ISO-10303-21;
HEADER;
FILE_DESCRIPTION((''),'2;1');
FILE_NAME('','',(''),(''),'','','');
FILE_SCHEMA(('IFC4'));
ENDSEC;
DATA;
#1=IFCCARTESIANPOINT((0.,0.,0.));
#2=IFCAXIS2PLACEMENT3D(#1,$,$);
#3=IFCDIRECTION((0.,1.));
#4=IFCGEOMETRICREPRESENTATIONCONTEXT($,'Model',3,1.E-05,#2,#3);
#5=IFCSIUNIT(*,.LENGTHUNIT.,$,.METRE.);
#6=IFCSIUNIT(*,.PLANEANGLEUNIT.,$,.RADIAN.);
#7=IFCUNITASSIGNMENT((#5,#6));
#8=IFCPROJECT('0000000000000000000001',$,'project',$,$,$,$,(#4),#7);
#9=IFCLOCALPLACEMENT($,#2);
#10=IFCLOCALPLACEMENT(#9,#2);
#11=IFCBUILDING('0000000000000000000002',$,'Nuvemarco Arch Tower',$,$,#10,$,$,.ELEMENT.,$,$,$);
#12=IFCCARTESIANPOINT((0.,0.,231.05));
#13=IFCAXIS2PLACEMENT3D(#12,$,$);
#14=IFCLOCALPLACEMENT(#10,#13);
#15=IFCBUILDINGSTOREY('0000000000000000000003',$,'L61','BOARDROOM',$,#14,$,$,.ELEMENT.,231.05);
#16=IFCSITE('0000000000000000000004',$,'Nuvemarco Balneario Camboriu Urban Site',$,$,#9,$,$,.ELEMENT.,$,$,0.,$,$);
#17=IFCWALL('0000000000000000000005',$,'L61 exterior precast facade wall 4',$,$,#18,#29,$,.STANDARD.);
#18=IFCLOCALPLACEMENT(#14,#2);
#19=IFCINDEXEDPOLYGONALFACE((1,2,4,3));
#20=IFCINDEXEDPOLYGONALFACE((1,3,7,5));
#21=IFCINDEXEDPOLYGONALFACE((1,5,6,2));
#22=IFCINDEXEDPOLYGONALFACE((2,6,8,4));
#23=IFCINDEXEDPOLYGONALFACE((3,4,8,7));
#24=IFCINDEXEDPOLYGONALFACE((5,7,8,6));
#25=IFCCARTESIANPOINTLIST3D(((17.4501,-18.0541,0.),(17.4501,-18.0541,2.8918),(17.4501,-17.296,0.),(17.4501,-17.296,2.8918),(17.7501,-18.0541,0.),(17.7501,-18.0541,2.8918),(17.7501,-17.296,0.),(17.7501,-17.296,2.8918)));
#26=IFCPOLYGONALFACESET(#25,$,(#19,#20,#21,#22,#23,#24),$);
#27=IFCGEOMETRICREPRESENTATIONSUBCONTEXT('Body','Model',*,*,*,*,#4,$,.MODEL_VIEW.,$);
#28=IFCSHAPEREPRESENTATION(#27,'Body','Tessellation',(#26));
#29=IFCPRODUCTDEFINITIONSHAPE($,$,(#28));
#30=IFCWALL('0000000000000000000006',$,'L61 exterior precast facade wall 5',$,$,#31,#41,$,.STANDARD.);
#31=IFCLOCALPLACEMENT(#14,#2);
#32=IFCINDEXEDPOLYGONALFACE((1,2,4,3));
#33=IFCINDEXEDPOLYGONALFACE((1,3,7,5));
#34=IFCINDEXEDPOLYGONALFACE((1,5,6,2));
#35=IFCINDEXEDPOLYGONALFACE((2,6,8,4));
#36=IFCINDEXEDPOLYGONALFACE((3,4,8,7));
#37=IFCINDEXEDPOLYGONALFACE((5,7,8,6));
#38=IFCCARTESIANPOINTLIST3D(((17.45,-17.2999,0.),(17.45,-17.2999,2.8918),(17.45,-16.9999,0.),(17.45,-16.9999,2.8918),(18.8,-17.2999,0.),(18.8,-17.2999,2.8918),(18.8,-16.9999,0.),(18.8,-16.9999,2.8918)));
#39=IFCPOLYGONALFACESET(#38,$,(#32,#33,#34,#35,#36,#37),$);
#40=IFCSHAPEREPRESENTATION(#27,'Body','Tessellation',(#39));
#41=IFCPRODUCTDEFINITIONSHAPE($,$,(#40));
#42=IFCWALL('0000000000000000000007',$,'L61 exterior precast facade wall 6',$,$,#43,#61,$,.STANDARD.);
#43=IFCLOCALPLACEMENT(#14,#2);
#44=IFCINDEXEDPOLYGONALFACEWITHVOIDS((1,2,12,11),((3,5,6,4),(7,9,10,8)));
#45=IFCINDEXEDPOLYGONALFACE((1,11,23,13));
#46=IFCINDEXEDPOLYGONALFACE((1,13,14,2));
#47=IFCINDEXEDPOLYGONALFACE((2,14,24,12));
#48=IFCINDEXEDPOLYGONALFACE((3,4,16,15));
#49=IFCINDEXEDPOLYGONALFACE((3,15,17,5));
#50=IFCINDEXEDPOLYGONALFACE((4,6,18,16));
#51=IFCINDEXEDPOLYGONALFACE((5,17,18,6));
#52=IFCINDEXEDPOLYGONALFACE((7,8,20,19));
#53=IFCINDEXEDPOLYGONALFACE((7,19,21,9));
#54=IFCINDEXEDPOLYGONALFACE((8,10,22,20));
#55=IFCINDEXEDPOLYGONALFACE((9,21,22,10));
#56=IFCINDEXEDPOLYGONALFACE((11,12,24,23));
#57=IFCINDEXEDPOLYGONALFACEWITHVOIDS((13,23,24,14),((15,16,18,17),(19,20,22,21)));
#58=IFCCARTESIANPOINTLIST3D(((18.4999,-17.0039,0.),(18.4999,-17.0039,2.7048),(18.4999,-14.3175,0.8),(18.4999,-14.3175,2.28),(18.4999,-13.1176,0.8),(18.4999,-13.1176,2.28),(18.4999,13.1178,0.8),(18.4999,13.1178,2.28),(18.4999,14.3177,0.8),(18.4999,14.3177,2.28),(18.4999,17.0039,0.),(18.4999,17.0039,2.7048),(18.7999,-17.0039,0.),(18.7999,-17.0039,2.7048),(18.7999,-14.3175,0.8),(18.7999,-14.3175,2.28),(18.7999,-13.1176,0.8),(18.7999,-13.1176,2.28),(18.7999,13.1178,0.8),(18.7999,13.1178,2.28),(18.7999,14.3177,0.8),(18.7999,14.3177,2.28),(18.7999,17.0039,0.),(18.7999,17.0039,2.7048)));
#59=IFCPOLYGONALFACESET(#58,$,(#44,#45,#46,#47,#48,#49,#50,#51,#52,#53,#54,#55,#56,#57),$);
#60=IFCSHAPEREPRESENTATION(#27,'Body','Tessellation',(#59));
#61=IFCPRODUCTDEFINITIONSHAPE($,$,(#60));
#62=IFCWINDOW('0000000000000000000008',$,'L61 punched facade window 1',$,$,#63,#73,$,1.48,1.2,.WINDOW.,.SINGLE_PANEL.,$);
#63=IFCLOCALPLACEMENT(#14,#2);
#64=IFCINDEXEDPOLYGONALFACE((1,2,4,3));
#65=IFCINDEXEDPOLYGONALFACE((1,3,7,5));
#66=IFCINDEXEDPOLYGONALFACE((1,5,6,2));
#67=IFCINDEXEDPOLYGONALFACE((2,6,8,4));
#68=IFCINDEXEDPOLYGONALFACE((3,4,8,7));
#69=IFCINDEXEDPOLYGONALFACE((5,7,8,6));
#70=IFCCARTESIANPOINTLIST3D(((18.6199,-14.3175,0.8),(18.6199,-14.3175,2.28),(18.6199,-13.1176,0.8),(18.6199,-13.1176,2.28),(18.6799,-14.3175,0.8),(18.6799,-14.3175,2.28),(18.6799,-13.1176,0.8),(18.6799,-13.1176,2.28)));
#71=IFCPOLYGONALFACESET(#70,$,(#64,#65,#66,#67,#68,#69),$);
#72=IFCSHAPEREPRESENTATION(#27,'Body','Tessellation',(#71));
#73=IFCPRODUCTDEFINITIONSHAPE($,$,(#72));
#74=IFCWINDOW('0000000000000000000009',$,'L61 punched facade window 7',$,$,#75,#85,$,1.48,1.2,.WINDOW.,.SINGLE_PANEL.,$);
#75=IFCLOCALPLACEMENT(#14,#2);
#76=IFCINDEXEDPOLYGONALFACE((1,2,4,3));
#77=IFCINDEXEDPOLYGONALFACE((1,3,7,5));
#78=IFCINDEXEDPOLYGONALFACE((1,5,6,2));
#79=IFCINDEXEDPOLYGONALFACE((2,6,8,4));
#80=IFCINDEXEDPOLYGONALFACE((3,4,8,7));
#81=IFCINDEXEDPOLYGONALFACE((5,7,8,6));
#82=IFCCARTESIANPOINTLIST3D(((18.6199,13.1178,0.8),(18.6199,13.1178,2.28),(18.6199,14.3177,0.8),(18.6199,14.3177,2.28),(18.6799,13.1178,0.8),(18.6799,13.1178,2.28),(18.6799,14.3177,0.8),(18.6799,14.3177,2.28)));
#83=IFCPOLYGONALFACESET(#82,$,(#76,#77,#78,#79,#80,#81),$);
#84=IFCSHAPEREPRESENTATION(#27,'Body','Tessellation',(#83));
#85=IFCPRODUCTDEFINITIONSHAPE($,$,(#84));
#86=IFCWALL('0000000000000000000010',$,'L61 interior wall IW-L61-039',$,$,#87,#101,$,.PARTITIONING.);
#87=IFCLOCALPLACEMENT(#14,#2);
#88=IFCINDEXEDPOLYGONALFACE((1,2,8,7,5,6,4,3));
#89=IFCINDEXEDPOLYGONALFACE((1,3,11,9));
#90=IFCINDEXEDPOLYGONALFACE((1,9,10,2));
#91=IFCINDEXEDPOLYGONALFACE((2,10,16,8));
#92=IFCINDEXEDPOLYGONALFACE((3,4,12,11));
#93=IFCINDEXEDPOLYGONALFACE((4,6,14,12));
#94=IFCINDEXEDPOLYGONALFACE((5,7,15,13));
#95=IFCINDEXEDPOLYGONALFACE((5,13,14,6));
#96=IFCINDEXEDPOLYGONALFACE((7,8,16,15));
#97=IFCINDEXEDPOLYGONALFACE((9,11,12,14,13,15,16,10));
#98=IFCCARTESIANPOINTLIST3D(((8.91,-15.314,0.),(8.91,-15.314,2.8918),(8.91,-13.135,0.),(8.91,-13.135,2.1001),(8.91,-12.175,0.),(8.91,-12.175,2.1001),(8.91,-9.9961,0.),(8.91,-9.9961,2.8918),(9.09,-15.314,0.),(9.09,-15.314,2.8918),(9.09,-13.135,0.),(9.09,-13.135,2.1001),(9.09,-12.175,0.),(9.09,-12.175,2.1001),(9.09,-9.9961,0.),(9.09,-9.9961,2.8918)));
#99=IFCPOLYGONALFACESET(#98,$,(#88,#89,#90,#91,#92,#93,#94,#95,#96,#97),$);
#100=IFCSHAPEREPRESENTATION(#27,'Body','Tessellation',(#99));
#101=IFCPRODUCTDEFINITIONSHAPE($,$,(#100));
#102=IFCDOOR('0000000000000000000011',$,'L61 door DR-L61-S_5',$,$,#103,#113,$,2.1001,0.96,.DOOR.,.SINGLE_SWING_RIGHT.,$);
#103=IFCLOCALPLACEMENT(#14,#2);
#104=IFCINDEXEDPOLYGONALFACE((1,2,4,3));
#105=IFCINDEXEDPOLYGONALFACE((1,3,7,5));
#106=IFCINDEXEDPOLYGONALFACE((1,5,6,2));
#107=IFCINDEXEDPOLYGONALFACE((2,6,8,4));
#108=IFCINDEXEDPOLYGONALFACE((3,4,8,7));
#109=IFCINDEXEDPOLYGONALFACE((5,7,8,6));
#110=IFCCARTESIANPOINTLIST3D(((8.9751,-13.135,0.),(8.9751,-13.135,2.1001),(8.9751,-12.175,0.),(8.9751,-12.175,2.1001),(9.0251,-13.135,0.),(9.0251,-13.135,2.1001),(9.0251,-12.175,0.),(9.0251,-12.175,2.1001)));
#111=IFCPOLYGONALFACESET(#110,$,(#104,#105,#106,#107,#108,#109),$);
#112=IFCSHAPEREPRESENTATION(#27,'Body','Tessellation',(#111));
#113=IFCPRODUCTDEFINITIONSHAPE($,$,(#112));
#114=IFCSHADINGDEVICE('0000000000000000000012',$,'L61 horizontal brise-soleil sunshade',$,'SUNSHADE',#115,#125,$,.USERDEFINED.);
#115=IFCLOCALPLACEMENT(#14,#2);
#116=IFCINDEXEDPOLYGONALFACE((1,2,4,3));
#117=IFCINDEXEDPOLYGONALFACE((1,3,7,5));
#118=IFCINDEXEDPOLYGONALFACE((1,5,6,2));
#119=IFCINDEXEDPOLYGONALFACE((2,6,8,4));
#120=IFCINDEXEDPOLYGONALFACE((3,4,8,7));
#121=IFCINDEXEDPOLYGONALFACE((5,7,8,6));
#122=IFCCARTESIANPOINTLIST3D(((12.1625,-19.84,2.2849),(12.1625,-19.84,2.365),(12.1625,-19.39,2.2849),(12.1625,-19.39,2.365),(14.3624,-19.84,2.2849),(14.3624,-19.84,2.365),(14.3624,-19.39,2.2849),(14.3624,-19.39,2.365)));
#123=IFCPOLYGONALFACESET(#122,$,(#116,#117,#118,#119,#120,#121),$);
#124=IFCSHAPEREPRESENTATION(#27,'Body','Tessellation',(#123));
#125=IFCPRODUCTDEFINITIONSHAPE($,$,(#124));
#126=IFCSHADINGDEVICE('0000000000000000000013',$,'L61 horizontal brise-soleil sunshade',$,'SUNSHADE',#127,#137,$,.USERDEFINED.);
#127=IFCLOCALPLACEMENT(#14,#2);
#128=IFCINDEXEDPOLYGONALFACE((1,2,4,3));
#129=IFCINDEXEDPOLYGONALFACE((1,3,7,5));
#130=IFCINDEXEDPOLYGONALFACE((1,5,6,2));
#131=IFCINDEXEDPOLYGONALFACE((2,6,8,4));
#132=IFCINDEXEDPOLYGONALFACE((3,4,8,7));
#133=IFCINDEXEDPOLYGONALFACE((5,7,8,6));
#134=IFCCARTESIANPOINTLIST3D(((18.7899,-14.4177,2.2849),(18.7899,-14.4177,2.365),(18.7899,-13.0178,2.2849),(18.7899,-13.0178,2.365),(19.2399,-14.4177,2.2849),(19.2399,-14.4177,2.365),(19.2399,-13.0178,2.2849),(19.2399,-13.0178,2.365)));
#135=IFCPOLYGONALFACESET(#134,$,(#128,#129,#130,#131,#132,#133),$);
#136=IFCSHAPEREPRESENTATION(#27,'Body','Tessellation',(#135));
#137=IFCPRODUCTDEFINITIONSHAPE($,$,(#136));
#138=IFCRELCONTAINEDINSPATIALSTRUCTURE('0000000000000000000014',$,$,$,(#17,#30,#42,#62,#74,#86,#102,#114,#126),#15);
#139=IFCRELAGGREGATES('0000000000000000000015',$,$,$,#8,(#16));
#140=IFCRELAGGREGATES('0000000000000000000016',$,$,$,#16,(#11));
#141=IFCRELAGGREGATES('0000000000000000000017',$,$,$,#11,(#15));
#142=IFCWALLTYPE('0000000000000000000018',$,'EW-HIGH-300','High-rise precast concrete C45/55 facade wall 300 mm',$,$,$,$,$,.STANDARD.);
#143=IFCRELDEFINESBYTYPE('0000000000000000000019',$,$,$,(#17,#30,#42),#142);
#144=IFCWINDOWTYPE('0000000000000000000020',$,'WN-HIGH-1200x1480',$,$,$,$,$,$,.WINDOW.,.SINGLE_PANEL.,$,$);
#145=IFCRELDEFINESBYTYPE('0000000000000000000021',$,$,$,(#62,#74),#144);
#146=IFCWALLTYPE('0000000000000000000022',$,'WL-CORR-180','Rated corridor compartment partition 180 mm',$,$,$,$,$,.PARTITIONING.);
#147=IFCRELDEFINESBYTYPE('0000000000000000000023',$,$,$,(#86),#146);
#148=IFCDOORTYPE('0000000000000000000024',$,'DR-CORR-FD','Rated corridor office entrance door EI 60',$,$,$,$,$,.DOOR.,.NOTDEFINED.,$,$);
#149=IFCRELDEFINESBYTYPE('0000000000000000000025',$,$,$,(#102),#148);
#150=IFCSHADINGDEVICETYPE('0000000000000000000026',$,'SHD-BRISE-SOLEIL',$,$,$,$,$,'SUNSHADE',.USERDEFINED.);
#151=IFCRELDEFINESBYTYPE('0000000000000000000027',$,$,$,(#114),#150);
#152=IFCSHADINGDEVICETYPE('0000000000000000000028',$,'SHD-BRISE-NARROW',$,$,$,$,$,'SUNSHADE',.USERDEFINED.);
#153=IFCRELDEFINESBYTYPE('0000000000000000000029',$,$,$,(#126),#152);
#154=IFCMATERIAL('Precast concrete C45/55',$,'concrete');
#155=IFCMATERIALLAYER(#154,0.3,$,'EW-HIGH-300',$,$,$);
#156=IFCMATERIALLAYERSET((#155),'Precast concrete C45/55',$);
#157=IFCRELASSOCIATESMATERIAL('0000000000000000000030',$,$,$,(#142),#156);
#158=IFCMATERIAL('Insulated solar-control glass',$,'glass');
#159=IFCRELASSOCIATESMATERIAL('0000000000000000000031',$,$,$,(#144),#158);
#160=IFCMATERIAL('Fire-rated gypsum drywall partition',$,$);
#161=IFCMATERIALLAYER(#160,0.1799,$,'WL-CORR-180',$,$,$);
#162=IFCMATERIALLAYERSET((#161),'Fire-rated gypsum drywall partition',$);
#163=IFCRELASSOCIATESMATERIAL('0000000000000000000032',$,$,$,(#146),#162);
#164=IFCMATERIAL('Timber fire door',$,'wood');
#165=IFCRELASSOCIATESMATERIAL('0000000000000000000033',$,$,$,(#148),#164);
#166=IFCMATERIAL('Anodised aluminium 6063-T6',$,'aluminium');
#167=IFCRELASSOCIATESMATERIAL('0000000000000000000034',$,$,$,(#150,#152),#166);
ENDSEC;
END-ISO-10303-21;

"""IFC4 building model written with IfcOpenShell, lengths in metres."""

from ifc_helpers import new_model, si_unit, direction, frame, frame_2d, origin, origin_2d, place, context, subcontext, project, spatial, rectangle, extrude, source, transform, mapped, material, layer, layer_set, type_object, type_shapes, element, fill, save


model = new_model("IFC4")

# Units and contexts
model_context = context("Model", 3, precision=1e-05, world=origin(), true_north=direction((0.0, 1.0)))
body_context = subcontext(model_context, "Body", "Model", "MODEL_VIEW")
ifc_project = project(units=[si_unit("LENGTHUNIT", "METRE"), si_unit("PLANEANGLEUNIT", "RADIAN")], contexts=[model_context])

# Site, building, storey
site_placement = place(None, origin())
site = spatial("IfcSite", under=ifc_project, at=site_placement, Name="Nuvemarco Balneario Camboriu Urban Site", CompositionType="ELEMENT", RefElevation=0.0)
building_placement = place(site_placement, origin())
building = spatial("IfcBuilding", under=site, at=building_placement, Name="Nuvemarco Arch Tower", CompositionType="ELEMENT")
storey_placement = place(building_placement, frame((0.0, 0.0, 231.05)))
storey = spatial("IfcBuildingStorey", under=building, at=storey_placement, Name="L61", Description="BOARDROOM", CompositionType="ELEMENT", Elevation=231.05)

# Shared definitions
ifc_material_1 = material(Name="Precast concrete C45/55", Category="concrete")

# Walls
ifc_layer_1 = layer(ifc_material_1, 0.3, Name="EW-HIGH-300")
ifc_layer_set_1 = layer_set([ifc_layer_1], Name="Precast concrete C45/55")
wall_type_1 = type_object("IfcWallType", Name="EW-HIGH-300", Description="High-rise precast concrete C45/55 facade wall 300 mm", PredefinedType="STANDARD", material=ifc_layer_set_1)
wall_1_placement = place(storey_placement, frame((17.6001, -18.054, 0.0), z_axis=(0.0, 0.0, 1.0), x_axis=(0.0, 1.0, 0.0)))
element("IfcWall", 1, at=wall_1_placement, inside=storey, type_object=wall_type_1, Name="L61 exterior precast facade wall 4", PredefinedType="STANDARD", context=body_context, shape_type="SweptSolid", body=[
    extrude(rectangle(XDim=0.7581, YDim=0.3, at=frame_2d((0.3789, 0.0))), origin(), (0.0, 0.0, 1.0), 2.8918),
])
wall_2_placement = place(storey_placement, frame((17.45, -17.1499, 0.0), z_axis=(0.0, 0.0, 1.0), x_axis=(1.0, 0.0, 0.0)))
element("IfcWall", 2, at=wall_2_placement, inside=storey, type_object=wall_type_1, Name="L61 exterior precast facade wall 5", PredefinedType="STANDARD", context=body_context, shape_type="SweptSolid", body=[
    extrude(rectangle(XDim=1.3501, YDim=0.3, at=frame_2d((0.675, 0.0))), origin(), (0.0, 0.0, 1.0), 2.8918),
])

# Wall, openings, windows
wall_3_placement = place(storey_placement, frame((18.6499, -17.0039, 0.0), z_axis=(0.0, 0.0, 1.0), x_axis=(0.0, 1.0, 0.0)))
wall_3 = element("IfcWall", 3, at=wall_3_placement, inside=storey, type_object=wall_type_1, Name="L61 exterior precast facade wall 6", PredefinedType="STANDARD", context=body_context, shape_type="SweptSolid", body=[
    extrude(rectangle(XDim=34.0078, YDim=0.3, at=frame_2d((17.0039, 0.0))), origin(), (0.0, 0.0, 1.0), 2.7048),
])
opening_1_placement = place(wall_3_placement, frame((2.6863, 0.0, 0.8)))
opening_1 = element("IfcOpeningElement", 4, at=opening_1_placement, cuts=wall_3, PredefinedType="OPENING", context=body_context, shape_type="SweptSolid", body=[
    extrude(rectangle(XDim=1.2, YDim=1.48, at=frame_2d((0.6001, 0.74))), frame((0.0, 0.1599, 0.0), z_axis=(0.0, -1.0, 0.0), x_axis=(1.0, 0.0, 0.0)), (0.0, 0.0, 1.0), 0.3201),
])
opening_2_placement = place(wall_3_placement, frame((30.1216, 0.0, 0.8)))
opening_2 = element("IfcOpeningElement", 5, at=opening_2_placement, cuts=wall_3, PredefinedType="OPENING", context=body_context, shape_type="SweptSolid", body=[
    extrude(rectangle(XDim=1.2, YDim=1.48, at=frame_2d((0.6001, 0.74))), frame((0.0, 0.1599, 0.0), z_axis=(0.0, -1.0, 0.0), x_axis=(1.0, 0.0, 0.0)), (0.0, 0.0, 1.0), 0.3201),
])
ifc_material_2 = material(Name="Insulated solar-control glass", Category="glass")
window_type = type_object("IfcWindowType", Name="WN-HIGH-1200x1480", PartitioningType="SINGLE_PANEL", PredefinedType="WINDOW", material=ifc_material_2)
shared_shape_1 = source(origin(), body_context, "Body", "SweptSolid", [
    extrude(rectangle(XDim=1.2, YDim=1.48, at=frame_2d((0.6001, 0.74))), frame((0.0, 0.03, 0.0), z_axis=(0.0, -1.0, 0.0), x_axis=(1.0, 0.0, 0.0)), (0.0, 0.0, 1.0), 0.0601),
])
type_shapes(window_type, [shared_shape_1])
window_1_placement = place(opening_1_placement, origin())
window_1 = element("IfcWindow", 6, at=window_1_placement, inside=storey, type_object=window_type, Name="L61 punched facade window 1", OverallHeight=1.48, OverallWidth=1.2, PartitioningType="SINGLE_PANEL", PredefinedType="WINDOW", context=body_context, shape_type="MappedRepresentation", body=[
    mapped(shared_shape_1, transform((0.0, 0.0, 0.0), scale=1.0)),
])
fill(opening_1, window_1)
window_2_placement = place(opening_2_placement, origin())
window_2 = element("IfcWindow", 7, at=window_2_placement, inside=storey, type_object=window_type, Name="L61 punched facade window 7", OverallHeight=1.48, OverallWidth=1.2, PartitioningType="SINGLE_PANEL", PredefinedType="WINDOW", context=body_context, shape_type="MappedRepresentation", body=[
    mapped(shared_shape_1, transform((0.0, 0.0, 0.0), scale=1.0)),
])
fill(opening_2, window_2)

# Wall, opening, door
ifc_material_3 = material(Name="Fire-rated gypsum drywall partition")
ifc_layer_2 = layer(ifc_material_3, 0.1799, Name="WL-CORR-180")
ifc_layer_set_2 = layer_set([ifc_layer_2], Name="Fire-rated gypsum drywall partition")
wall_type_2 = type_object("IfcWallType", Name="WL-CORR-180", Description="Rated corridor compartment partition 180 mm", PredefinedType="PARTITIONING", material=ifc_layer_set_2)
wall_4_placement = place(storey_placement, frame((9.0, -15.314, 0.0), z_axis=(0.0, 0.0, 1.0), x_axis=(0.0, 1.0, 0.0)))
wall_4 = element("IfcWall", 8, at=wall_4_placement, inside=storey, type_object=wall_type_2, Name="L61 interior wall IW-L61-039", PredefinedType="PARTITIONING", context=body_context, shape_type="SweptSolid", body=[
    extrude(rectangle(XDim=5.3179, YDim=0.1799, at=frame_2d((2.6589, 0.0))), origin(), (0.0, 0.0, 1.0), 2.8918),
])
opening_3_placement = place(wall_4_placement, frame((2.179, 0.0, 0.0)))
opening_3 = element("IfcOpeningElement", 9, at=opening_3_placement, cuts=wall_4, PredefinedType="OPENING", context=body_context, shape_type="SweptSolid", body=[
    extrude(rectangle(XDim=0.96, YDim=2.1001, at=frame_2d((0.48, 1.05))), frame((0.0, 0.0999, 0.0), z_axis=(0.0, -1.0, 0.0), x_axis=(1.0, 0.0, 0.0)), (0.0, 0.0, 1.0), 0.2),
])
ifc_material_4 = material(Name="Timber fire door", Category="wood")
door_type = type_object("IfcDoorType", Name="DR-CORR-FD", Description="Rated corridor office entrance door EI 60", OperationType="NOTDEFINED", PredefinedType="DOOR", material=ifc_material_4)
shared_shape_2 = source(origin(), body_context, "Body", "SweptSolid", [
    extrude(rectangle(XDim=0.96, YDim=2.1001, at=frame_2d((0.48, 1.05))), frame((0.0, 0.0249, 0.0), z_axis=(0.0, -1.0, 0.0), x_axis=(1.0, 0.0, 0.0)), (0.0, 0.0, 1.0), 0.05),
])
type_shapes(door_type, [shared_shape_2])
door_placement = place(opening_3_placement, origin())
door = element("IfcDoor", 10, at=door_placement, inside=storey, type_object=door_type, Name="L61 door DR-L61-S_5", OperationType="SINGLE_SWING_RIGHT", OverallHeight=2.1001, OverallWidth=0.96, PredefinedType="DOOR", context=body_context, shape_type="MappedRepresentation", body=[
    mapped(shared_shape_2, transform((0.0, 0.0, 0.0), scale=1.0)),
])
fill(opening_3, door)

# Shading devices
ifc_material_5 = material(Name="Anodised aluminium 6063-T6", Category="aluminium")
shading_device_type_1 = type_object("IfcShadingDeviceType", Name="SHD-BRISE-SOLEIL", ElementType="SUNSHADE", PredefinedType="USERDEFINED", material=ifc_material_5)
shared_shape_3 = source(origin(), body_context, "Body", "SweptSolid", [
    extrude(rectangle(XDim=2.2, YDim=0.45, at=origin_2d()), origin(), (0.0, 0.0, 1.0), 0.0801),
])
type_shapes(shading_device_type_1, [shared_shape_3])
shading_device_1_placement = place(storey_placement, frame((13.2625, -19.615, 2.2849), z_axis=(0.0, 0.0, 1.0), x_axis=(1.0, 0.0, 0.0)))
element("IfcShadingDevice", 11, at=shading_device_1_placement, inside=storey, type_object=shading_device_type_1, Name="L61 horizontal brise-soleil sunshade", ObjectType="SUNSHADE", PredefinedType="USERDEFINED", context=body_context, shape_type="MappedRepresentation", body=[
    mapped(shared_shape_3, transform((0.0, 0.0, 0.0), scale=1.0)),
])
shading_device_type_2 = type_object("IfcShadingDeviceType", Name="SHD-BRISE-NARROW", ElementType="SUNSHADE", PredefinedType="USERDEFINED", material=ifc_material_5)
shared_shape_4 = source(origin(), body_context, "Body", "SweptSolid", [
    extrude(rectangle(XDim=1.3999, YDim=0.45, at=origin_2d()), origin(), (0.0, 0.0, 1.0), 0.0801),
])
type_shapes(shading_device_type_2, [shared_shape_4])
shading_device_2_placement = place(storey_placement, frame((19.0149, -13.7178, 2.2849), z_axis=(0.0, 0.0, 1.0), x_axis=(0.0, 1.0, 0.0)))
element("IfcShadingDevice", 12, at=shading_device_2_placement, inside=storey, type_object=shading_device_type_2, Name="L61 horizontal brise-soleil sunshade", ObjectType="SUNSHADE", PredefinedType="USERDEFINED", context=body_context, shape_type="MappedRepresentation", body=[
    mapped(shared_shape_4, transform((0.0, 0.0, 0.0), scale=1.0)),
])

save(model, "model.ifc")
